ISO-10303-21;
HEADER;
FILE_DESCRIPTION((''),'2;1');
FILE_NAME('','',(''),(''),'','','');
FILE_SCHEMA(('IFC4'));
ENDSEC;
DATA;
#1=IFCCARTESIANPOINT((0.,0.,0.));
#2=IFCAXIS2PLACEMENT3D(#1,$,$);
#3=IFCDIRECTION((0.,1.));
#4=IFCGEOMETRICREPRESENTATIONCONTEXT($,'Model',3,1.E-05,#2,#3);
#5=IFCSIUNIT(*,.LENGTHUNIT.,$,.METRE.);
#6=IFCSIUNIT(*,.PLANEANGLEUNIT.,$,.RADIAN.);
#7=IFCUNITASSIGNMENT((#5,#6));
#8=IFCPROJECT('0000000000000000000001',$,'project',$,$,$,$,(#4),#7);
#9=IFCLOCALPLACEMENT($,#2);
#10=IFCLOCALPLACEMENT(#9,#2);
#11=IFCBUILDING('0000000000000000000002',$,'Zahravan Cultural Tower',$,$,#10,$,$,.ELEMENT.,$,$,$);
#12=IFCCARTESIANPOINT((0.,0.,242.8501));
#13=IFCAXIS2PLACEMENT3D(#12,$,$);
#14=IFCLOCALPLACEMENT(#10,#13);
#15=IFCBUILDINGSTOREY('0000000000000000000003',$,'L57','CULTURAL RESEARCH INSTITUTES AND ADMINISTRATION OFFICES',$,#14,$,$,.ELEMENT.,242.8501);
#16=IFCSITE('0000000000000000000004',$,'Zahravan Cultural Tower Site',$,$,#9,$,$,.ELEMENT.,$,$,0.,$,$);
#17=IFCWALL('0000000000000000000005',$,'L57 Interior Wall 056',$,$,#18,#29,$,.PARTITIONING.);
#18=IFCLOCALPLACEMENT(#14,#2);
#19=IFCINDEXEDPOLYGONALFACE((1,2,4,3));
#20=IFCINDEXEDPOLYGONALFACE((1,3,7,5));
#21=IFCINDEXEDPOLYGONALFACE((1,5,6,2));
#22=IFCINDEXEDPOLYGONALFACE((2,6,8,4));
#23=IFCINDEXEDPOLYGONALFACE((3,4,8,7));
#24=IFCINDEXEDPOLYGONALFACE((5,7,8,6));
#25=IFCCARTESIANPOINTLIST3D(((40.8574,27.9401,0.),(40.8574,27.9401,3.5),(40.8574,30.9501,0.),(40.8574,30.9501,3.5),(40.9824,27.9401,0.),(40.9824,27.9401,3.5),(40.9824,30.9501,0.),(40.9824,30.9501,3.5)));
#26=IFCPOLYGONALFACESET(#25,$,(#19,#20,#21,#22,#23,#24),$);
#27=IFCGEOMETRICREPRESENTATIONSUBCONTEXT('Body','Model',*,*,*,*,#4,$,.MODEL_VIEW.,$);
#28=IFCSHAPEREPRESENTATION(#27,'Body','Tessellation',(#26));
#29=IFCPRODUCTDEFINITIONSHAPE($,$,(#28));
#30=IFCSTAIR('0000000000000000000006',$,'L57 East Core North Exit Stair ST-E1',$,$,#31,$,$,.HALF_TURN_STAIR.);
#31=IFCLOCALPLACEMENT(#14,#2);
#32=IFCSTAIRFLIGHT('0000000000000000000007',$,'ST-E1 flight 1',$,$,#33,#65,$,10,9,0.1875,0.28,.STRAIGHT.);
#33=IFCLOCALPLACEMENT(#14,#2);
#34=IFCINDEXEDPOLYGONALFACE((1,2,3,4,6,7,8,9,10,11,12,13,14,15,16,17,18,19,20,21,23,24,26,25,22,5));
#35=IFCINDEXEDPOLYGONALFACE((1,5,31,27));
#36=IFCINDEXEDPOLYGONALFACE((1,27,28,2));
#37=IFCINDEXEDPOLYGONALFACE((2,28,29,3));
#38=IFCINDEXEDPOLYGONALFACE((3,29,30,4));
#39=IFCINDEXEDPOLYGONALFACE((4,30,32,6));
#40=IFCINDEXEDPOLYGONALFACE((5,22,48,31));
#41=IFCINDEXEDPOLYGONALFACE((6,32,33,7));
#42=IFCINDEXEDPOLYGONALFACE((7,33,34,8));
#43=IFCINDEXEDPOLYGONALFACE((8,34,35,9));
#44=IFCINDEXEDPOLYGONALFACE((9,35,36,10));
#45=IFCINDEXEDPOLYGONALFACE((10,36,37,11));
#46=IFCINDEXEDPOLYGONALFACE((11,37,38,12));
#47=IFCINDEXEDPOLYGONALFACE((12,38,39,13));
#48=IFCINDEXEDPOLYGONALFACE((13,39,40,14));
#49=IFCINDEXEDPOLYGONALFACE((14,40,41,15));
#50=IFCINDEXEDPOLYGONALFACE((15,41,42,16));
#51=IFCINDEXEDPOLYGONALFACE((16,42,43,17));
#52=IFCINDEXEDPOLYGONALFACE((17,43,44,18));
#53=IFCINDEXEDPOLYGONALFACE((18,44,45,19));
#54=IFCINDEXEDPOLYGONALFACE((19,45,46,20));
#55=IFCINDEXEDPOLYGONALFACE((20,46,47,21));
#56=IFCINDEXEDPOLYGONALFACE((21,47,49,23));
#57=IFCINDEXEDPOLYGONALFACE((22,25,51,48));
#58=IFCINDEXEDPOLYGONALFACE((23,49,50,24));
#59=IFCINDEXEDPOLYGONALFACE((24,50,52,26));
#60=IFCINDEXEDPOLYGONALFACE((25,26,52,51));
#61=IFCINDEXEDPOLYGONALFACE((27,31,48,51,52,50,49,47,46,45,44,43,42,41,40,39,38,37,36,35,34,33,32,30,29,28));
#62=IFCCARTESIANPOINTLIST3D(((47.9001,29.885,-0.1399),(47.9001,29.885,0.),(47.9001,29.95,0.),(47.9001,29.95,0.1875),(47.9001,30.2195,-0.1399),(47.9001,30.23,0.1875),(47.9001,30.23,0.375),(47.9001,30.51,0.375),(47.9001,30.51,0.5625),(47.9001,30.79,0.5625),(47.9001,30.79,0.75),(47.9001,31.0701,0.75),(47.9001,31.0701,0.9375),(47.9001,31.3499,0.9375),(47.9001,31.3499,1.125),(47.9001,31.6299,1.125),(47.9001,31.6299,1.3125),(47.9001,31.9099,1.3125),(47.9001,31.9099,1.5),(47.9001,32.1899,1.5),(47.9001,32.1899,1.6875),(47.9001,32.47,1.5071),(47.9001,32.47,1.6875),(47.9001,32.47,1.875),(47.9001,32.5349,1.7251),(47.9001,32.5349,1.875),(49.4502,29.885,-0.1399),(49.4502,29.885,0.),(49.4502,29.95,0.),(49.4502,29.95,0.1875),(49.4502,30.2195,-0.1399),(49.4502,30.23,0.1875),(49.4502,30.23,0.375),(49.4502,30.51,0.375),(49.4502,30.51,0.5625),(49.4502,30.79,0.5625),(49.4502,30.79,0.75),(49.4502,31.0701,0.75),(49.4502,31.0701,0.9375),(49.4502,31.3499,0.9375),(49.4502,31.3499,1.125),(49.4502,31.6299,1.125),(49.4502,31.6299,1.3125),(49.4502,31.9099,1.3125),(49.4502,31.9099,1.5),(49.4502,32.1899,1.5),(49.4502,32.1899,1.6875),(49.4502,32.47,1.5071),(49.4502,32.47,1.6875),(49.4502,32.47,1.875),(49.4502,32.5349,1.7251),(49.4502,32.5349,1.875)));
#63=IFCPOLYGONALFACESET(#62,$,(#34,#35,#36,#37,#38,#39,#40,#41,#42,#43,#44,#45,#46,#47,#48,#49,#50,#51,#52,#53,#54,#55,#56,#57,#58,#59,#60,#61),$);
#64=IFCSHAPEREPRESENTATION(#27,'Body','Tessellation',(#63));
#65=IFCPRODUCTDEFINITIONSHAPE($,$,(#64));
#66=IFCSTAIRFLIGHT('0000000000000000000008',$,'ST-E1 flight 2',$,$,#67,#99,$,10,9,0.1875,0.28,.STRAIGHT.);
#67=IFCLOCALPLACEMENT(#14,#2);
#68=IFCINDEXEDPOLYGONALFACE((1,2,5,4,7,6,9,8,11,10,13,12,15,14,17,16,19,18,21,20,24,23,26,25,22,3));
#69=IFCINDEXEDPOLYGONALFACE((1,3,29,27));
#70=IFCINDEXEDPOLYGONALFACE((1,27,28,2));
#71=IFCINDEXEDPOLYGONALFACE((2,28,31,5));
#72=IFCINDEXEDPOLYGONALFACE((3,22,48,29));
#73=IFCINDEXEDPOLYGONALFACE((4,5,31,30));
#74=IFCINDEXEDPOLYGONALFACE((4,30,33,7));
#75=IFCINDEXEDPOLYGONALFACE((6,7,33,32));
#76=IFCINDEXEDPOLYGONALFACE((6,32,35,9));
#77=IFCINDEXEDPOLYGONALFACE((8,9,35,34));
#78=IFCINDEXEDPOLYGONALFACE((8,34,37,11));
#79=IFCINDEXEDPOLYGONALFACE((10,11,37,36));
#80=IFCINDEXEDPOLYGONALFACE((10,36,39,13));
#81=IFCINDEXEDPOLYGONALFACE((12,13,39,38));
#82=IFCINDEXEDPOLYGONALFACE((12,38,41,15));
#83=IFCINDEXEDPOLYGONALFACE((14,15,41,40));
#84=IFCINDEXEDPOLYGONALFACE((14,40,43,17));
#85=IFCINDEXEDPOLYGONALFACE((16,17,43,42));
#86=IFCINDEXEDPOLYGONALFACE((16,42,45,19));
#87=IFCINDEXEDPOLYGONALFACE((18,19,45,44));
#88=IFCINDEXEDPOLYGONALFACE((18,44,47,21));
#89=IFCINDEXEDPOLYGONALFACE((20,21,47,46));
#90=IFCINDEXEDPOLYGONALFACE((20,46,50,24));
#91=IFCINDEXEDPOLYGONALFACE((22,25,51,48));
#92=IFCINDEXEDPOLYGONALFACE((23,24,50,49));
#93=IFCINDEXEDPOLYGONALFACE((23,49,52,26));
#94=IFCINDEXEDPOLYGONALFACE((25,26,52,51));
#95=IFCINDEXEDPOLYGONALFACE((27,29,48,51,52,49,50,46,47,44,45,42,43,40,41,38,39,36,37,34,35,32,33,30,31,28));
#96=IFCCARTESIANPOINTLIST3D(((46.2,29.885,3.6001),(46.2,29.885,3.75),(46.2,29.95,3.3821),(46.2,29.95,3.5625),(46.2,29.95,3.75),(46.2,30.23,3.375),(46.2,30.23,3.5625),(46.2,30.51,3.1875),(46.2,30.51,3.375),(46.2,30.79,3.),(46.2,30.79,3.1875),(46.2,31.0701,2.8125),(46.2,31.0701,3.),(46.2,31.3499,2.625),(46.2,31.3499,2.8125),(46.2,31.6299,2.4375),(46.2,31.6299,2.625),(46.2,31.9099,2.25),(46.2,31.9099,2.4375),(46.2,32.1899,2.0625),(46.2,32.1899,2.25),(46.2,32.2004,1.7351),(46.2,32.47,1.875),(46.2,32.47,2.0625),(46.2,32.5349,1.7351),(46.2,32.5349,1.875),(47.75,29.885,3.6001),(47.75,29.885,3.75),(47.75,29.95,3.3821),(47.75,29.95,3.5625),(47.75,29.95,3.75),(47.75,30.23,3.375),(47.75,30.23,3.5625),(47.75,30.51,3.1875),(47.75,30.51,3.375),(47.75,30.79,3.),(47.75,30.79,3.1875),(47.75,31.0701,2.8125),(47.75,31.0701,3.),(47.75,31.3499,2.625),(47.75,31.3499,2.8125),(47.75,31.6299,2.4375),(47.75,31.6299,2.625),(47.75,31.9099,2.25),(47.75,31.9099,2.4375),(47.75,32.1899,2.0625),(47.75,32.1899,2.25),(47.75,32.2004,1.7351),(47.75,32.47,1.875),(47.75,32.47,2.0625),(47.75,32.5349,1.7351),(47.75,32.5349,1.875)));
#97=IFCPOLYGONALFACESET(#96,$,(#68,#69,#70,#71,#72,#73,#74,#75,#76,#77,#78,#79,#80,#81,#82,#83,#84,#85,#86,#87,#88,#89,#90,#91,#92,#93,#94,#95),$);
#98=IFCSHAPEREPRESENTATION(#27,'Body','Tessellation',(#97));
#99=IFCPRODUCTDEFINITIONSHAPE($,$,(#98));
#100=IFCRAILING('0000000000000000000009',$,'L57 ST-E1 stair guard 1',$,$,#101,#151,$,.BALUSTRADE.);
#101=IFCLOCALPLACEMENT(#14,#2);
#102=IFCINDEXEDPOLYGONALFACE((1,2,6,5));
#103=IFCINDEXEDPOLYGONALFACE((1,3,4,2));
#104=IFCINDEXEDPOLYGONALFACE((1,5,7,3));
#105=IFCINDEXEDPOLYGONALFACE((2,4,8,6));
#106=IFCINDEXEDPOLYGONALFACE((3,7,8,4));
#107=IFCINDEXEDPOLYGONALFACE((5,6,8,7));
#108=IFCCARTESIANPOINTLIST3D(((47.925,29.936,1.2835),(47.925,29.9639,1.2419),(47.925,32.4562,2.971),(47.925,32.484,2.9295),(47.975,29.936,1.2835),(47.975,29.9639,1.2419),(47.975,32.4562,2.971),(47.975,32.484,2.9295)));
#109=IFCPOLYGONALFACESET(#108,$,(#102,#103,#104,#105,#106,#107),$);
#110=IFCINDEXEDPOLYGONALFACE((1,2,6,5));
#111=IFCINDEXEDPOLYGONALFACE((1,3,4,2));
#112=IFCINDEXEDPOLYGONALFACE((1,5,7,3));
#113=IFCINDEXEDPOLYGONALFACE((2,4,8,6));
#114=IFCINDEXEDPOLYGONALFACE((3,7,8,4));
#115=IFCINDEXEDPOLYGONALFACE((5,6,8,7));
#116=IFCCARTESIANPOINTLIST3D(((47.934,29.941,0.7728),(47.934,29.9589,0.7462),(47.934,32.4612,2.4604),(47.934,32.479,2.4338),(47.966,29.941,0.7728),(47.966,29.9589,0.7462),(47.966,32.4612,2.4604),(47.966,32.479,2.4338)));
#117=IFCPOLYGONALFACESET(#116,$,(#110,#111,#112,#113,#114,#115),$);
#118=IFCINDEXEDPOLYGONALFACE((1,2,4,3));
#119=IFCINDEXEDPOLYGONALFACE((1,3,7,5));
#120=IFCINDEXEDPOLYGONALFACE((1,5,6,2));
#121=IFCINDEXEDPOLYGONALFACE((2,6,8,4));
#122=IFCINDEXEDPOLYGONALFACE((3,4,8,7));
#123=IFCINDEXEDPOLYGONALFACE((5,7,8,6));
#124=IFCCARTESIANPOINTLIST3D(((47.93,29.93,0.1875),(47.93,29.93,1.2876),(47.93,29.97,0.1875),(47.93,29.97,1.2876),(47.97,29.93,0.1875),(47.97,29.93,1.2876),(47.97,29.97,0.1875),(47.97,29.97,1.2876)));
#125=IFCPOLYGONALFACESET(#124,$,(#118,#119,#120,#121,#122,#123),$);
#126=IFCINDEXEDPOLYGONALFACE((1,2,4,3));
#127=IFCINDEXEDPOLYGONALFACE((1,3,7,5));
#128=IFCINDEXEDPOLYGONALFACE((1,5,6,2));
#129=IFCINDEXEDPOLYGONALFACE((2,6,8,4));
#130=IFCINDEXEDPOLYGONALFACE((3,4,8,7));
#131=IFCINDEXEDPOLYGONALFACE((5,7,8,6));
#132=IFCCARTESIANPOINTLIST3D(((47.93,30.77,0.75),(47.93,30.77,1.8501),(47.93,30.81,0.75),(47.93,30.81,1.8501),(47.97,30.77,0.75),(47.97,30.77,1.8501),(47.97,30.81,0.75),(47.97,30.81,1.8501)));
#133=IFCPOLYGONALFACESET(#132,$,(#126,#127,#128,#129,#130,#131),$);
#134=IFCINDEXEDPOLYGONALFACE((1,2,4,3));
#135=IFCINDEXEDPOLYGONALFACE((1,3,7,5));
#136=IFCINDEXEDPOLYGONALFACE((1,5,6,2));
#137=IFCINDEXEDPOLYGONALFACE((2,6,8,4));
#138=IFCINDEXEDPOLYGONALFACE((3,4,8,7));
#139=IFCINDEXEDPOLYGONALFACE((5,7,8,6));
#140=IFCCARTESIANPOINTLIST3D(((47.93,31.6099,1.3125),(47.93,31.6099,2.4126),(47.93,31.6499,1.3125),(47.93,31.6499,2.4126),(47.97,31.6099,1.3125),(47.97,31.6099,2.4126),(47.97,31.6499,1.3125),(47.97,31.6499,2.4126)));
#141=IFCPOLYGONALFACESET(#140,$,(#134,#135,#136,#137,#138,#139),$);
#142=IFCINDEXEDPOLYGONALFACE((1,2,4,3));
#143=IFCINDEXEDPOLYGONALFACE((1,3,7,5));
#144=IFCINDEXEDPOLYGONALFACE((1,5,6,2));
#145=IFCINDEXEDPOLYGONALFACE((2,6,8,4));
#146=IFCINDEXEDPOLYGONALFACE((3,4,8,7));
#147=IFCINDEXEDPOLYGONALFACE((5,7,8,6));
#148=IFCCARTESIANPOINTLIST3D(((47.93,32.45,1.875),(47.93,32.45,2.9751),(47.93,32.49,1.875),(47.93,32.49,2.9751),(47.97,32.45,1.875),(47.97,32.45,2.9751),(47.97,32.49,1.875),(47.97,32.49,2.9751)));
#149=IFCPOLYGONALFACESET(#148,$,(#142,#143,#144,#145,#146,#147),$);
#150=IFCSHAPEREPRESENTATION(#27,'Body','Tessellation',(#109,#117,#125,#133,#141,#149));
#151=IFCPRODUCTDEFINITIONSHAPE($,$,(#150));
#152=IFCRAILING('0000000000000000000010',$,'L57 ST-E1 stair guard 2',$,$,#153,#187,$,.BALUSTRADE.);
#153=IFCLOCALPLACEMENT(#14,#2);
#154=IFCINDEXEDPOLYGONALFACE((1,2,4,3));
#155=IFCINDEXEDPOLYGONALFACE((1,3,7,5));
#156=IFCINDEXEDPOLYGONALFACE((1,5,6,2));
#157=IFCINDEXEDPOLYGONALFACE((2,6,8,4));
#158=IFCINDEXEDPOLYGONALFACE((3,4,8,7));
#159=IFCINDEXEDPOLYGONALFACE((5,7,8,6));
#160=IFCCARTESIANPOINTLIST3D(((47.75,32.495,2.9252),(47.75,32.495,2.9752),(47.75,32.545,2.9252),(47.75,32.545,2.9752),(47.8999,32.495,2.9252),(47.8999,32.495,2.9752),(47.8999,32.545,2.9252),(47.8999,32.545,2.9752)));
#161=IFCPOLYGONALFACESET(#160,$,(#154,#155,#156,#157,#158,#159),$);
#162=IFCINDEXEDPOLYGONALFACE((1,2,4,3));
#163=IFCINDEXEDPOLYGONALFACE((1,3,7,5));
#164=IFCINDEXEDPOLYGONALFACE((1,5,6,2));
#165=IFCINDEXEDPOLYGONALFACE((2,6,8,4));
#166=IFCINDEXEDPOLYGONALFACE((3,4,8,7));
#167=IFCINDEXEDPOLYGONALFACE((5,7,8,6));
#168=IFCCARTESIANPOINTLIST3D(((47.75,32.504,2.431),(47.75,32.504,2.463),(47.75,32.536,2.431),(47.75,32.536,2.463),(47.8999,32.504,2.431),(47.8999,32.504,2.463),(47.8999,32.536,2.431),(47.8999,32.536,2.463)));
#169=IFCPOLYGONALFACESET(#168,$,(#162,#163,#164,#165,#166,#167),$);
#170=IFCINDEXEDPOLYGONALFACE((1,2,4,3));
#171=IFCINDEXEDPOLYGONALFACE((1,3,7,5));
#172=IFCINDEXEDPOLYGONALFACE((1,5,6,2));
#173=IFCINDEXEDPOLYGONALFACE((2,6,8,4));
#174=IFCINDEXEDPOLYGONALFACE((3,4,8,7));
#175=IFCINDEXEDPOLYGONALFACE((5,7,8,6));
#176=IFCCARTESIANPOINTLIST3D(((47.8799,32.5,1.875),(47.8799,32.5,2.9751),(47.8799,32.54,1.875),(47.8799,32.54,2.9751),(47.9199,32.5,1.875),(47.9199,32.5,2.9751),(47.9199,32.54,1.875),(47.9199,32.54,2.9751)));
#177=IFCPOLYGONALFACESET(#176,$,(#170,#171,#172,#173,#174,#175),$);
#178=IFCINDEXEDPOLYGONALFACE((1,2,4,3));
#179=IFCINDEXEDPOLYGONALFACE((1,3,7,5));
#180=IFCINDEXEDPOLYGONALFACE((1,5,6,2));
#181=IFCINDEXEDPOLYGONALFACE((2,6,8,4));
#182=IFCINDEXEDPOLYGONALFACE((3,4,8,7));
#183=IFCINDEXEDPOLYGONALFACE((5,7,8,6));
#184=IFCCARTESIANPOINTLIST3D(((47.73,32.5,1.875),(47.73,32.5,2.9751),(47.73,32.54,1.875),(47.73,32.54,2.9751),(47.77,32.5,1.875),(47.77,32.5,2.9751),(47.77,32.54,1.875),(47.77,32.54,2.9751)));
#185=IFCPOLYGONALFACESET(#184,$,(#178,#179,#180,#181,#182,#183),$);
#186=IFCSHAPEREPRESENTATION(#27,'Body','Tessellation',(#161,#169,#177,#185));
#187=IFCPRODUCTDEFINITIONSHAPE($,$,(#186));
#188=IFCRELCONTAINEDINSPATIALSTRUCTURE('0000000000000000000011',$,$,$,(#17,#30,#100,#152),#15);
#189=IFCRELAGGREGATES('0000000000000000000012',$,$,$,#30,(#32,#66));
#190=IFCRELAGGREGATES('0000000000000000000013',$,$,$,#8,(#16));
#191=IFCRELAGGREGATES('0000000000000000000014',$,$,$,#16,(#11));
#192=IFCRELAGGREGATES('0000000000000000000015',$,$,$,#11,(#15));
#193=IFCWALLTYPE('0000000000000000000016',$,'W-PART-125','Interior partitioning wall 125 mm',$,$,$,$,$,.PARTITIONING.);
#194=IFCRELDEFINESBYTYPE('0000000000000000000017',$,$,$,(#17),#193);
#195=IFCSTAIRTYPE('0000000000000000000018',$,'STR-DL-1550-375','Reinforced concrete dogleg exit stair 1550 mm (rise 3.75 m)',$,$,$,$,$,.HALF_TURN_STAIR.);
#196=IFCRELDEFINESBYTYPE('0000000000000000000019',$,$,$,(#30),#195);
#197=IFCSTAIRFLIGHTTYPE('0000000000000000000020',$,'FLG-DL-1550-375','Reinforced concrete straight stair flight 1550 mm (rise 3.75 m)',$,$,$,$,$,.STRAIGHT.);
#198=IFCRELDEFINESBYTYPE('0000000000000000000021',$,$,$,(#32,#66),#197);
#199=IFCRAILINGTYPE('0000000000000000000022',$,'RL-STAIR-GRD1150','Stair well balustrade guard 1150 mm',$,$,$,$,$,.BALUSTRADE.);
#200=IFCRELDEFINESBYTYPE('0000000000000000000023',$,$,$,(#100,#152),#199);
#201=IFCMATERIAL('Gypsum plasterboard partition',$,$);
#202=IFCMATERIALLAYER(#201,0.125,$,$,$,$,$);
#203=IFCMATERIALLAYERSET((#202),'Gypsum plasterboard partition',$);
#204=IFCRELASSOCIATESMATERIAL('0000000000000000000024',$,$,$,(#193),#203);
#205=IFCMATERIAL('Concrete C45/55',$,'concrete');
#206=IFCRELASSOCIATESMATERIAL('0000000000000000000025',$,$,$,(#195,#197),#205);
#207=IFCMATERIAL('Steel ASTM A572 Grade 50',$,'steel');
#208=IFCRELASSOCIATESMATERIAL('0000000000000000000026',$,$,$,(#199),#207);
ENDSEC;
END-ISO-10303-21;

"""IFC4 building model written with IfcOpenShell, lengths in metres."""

from ifc_helpers import new_model, si_unit, direction, frame, frame_2d, origin, origin_2d, place, context, subcontext, project, spatial, polyline, rectangle, outline, extrude, source, transform, mapped, material, layer, layer_set, type_object, element, aggregate, save


model = new_model("IFC4")

# Units and contexts
model_context = context("Model", 3, precision=1e-05, world=origin(), true_north=direction((0.0, 1.0)))
body_context = subcontext(model_context, "Body", "Model", "MODEL_VIEW")
ifc_project = project(units=[si_unit("LENGTHUNIT", "METRE"), si_unit("PLANEANGLEUNIT", "RADIAN")], contexts=[model_context])

# Site, building, storey
site_placement = place(None, origin())
site = spatial("IfcSite", under=ifc_project, at=site_placement, Name="Zahravan Cultural Tower Site", CompositionType="ELEMENT", RefElevation=0.0)
building_placement = place(site_placement, origin())
building = spatial("IfcBuilding", under=site, at=building_placement, Name="Zahravan Cultural Tower", CompositionType="ELEMENT")
storey_placement = place(building_placement, frame((0.0, 0.0, 242.8501)))
storey = spatial("IfcBuildingStorey", under=building, at=storey_placement, Name="L57", Description="CULTURAL RESEARCH INSTITUTES AND ADMINISTRATION OFFICES", CompositionType="ELEMENT", Elevation=242.8501)

# Shared definitions
ifc_material_1 = material(Name="Concrete C45/55", Category="concrete")
ifc_material_2 = material(Name="Steel ASTM A572 Grade 50", Category="steel")
ifc_material_3 = material(Name="Gypsum plasterboard partition")

# Wall
ifc_layer_1 = layer(ifc_material_3, 0.125)
ifc_layer_set_1 = layer_set([ifc_layer_1], Name="Gypsum plasterboard partition")
wall_type_1 = type_object("IfcWallType", Name="W-PART-125", Description="Interior partitioning wall 125 mm", PredefinedType="PARTITIONING", material=ifc_layer_set_1)
shared_shape_1 = source(origin(), body_context, "Body", "SweptSolid", [
    extrude(rectangle(XDim=3.01, YDim=0.125, at=frame_2d((1.5049, 0.0))), origin(), (0.0, 0.0, 1.0), 3.5),
])
wall_1_placement = place(storey_placement, frame((40.9199, 30.95, 0.0), z_axis=(0.0, 0.0, 1.0), x_axis=(0.0, -1.0, 0.0)))
element("IfcWall", 1, at=wall_1_placement, inside=storey, type_object=wall_type_1, Name="L57 Interior Wall 056", PredefinedType="PARTITIONING", context=body_context, shape_type="MappedRepresentation", body=[
    mapped(shared_shape_1, transform((0.0, 0.0, 0.0), x_axis=(1.0, 0.0, 0.0), y_axis=(0.0, 1.0, 0.0), z_axis=(0.0, 0.0, 1.0), scale=1.0)),
])

# Stair, stair flights
stair_type = type_object("IfcStairType", Name="STR-DL-1550-375", Description="Reinforced concrete dogleg exit stair 1550 mm (rise 3.75 m)", PredefinedType="HALF_TURN_STAIR", material=ifc_material_1)
stair_placement = place(storey_placement, origin())
stair = element("IfcStair", 2, at=stair_placement, inside=storey, type_object=stair_type, Name="L57 East Core North Exit Stair ST-E1", PredefinedType="HALF_TURN_STAIR")
stair_flight_type = type_object("IfcStairFlightType", Name="FLG-DL-1550-375", Description="Reinforced concrete straight stair flight 1550 mm (rise 3.75 m)", PredefinedType="STRAIGHT", material=ifc_material_1)
stair_flight_1_placement = place(storey_placement, frame((48.675, 29.95, 0.0), z_axis=(0.0, 0.0, 1.0), x_axis=(0.0, 1.0, 0.0)))
stair_flight_1 = element("IfcStairFlight", 3, at=stair_flight_1_placement, type_object=stair_flight_type, Name="ST-E1 flight 1", NumberOfRisers=10, NumberOfTreads=9, PredefinedType="STRAIGHT", RiserHeight=0.1875, TreadLength=0.28, context=body_context, shape_type="SweptSolid", body=[
    extrude(outline(polyline([(-0.0649, -0.1399), (-0.0649, 0.0), (0.0, 0.0), (0.0, 0.1875), (0.28, 0.1875), (0.28, 0.375), (0.5601, 0.375), (0.5601, 0.5625), (0.8401, 0.5625), (0.8401, 0.75), (1.1201, 0.75), (1.1201, 0.9375), (1.3999, 0.9375), (1.3999, 1.125), (1.6799, 1.125), (1.6799, 1.3125), (1.96, 1.3125), (1.96, 1.5), (2.24, 1.5), (2.24, 1.6875), (2.52, 1.6875), (2.52, 1.875), (2.585, 1.875), (2.585, 1.7251), (2.52, 1.5071), (0.2695, -0.1399), (-0.0649, -0.1399)])), frame((0.0, 0.7749, 0.0), z_axis=(0.0, -1.0, 0.0), x_axis=(1.0, 0.0, 0.0)), (0.0, 0.0, 1.0), 1.55),
])
stair_flight_2_placement = place(storey_placement, frame((46.9751, 32.47, 1.875), z_axis=(0.0, 0.0, 1.0), x_axis=(0.0, -1.0, 0.0)))
stair_flight_2 = element("IfcStairFlight", 4, at=stair_flight_2_placement, type_object=stair_flight_type, Name="ST-E1 flight 2", NumberOfRisers=10, NumberOfTreads=9, PredefinedType="STRAIGHT", RiserHeight=0.1875, TreadLength=0.28, context=body_context, shape_type="SweptSolid", body=[
    extrude(outline(polyline([(-0.0649, -0.1399), (-0.0649, 0.0), (0.0, 0.0), (0.0, 0.1875), (0.28, 0.1875), (0.28, 0.375), (0.5601, 0.375), (0.5601, 0.5625), (0.8401, 0.5625), (0.8401, 0.75), (1.1201, 0.75), (1.1201, 0.9375), (1.3999, 0.9375), (1.3999, 1.125), (1.6799, 1.125), (1.6799, 1.3125), (1.96, 1.3125), (1.96, 1.5), (2.24, 1.5), (2.24, 1.6875), (2.52, 1.6875), (2.52, 1.875), (2.585, 1.875), (2.585, 1.7251), (2.52, 1.5071), (0.2695, -0.1399), (-0.0649, -0.1399)])), frame((0.0, 0.7749, 0.0), z_axis=(0.0, -1.0, 0.0), x_axis=(1.0, 0.0, 0.0)), (0.0, 0.0, 1.0), 1.55),
])
aggregate(stair, [stair_flight_1, stair_flight_2])

# Railings
railing_type_1 = type_object("IfcRailingType", Name="RL-STAIR-GRD1150", Description="Stair well balustrade guard 1150 mm", PredefinedType="BALUSTRADE", material=ifc_material_2)
railing_1_placement = place(storey_placement, frame((47.95, 29.95, 0.1875)))
element("IfcRailing", 5, at=railing_1_placement, inside=storey, type_object=railing_type_1, Name="L57 ST-E1 stair guard 1", PredefinedType="BALUSTRADE", context=body_context, shape_type="SweptSolid", body=[
    extrude(rectangle(XDim=0.05, YDim=0.05, at=origin_2d()), frame((0.0, 0.0, 1.0752), z_axis=(0.0, 0.830909, 0.556408), x_axis=(-1.0, 0.0, 0.0)), (0.0, 0.0, 1.0), 3.033),
    extrude(rectangle(XDim=0.032, YDim=0.032, at=origin_2d()), frame((0.0, 0.0, 0.572), z_axis=(0.0, 0.830909, 0.556408), x_axis=(-1.0, 0.0, 0.0)), (0.0, 0.0, 1.0), 3.033),
    extrude(rectangle(XDim=0.04, YDim=0.04, at=origin_2d()), origin(), (0.0, 0.0, 1.0), 1.1001),
    extrude(rectangle(XDim=0.04, YDim=0.04, at=origin_2d()), frame((0.0, 0.8401, 0.5625)), (0.0, 0.0, 1.0), 1.1001),
    extrude(rectangle(XDim=0.04, YDim=0.04, at=origin_2d()), frame((0.0, 1.6799, 1.125)), (0.0, 0.0, 1.0), 1.1001),
    extrude(rectangle(XDim=0.04, YDim=0.04, at=origin_2d()), frame((0.0, 2.52, 1.6875)), (0.0, 0.0, 1.0), 1.1001),
])
railing_2_placement = place(storey_placement, frame((47.8999, 32.52, 1.875)))
element("IfcRailing", 6, at=railing_2_placement, inside=storey, type_object=railing_type_1, Name="L57 ST-E1 stair guard 2", PredefinedType="BALUSTRADE", context=body_context, shape_type="SweptSolid", body=[
    extrude(rectangle(XDim=0.05, YDim=0.05, at=origin_2d()), frame((0.0, 0.0, 1.0752), z_axis=(-1.0, 0.0, 0.0), x_axis=(0.0, -1.0, 0.0)), (0.0, 0.0, 1.0), 0.1499),
    extrude(rectangle(XDim=0.032, YDim=0.032, at=origin_2d()), frame((0.0, 0.0, 0.572), z_axis=(-1.0, 0.0, 0.0), x_axis=(0.0, -1.0, 0.0)), (0.0, 0.0, 1.0), 0.1499),
    extrude(rectangle(XDim=0.04, YDim=0.04, at=origin_2d()), origin(), (0.0, 0.0, 1.0), 1.1001),
    extrude(rectangle(XDim=0.04, YDim=0.04, at=origin_2d()), frame((-0.1499, 0.0, 0.0)), (0.0, 0.0, 1.0), 1.1001),
])

save(model, "model.ifc")
